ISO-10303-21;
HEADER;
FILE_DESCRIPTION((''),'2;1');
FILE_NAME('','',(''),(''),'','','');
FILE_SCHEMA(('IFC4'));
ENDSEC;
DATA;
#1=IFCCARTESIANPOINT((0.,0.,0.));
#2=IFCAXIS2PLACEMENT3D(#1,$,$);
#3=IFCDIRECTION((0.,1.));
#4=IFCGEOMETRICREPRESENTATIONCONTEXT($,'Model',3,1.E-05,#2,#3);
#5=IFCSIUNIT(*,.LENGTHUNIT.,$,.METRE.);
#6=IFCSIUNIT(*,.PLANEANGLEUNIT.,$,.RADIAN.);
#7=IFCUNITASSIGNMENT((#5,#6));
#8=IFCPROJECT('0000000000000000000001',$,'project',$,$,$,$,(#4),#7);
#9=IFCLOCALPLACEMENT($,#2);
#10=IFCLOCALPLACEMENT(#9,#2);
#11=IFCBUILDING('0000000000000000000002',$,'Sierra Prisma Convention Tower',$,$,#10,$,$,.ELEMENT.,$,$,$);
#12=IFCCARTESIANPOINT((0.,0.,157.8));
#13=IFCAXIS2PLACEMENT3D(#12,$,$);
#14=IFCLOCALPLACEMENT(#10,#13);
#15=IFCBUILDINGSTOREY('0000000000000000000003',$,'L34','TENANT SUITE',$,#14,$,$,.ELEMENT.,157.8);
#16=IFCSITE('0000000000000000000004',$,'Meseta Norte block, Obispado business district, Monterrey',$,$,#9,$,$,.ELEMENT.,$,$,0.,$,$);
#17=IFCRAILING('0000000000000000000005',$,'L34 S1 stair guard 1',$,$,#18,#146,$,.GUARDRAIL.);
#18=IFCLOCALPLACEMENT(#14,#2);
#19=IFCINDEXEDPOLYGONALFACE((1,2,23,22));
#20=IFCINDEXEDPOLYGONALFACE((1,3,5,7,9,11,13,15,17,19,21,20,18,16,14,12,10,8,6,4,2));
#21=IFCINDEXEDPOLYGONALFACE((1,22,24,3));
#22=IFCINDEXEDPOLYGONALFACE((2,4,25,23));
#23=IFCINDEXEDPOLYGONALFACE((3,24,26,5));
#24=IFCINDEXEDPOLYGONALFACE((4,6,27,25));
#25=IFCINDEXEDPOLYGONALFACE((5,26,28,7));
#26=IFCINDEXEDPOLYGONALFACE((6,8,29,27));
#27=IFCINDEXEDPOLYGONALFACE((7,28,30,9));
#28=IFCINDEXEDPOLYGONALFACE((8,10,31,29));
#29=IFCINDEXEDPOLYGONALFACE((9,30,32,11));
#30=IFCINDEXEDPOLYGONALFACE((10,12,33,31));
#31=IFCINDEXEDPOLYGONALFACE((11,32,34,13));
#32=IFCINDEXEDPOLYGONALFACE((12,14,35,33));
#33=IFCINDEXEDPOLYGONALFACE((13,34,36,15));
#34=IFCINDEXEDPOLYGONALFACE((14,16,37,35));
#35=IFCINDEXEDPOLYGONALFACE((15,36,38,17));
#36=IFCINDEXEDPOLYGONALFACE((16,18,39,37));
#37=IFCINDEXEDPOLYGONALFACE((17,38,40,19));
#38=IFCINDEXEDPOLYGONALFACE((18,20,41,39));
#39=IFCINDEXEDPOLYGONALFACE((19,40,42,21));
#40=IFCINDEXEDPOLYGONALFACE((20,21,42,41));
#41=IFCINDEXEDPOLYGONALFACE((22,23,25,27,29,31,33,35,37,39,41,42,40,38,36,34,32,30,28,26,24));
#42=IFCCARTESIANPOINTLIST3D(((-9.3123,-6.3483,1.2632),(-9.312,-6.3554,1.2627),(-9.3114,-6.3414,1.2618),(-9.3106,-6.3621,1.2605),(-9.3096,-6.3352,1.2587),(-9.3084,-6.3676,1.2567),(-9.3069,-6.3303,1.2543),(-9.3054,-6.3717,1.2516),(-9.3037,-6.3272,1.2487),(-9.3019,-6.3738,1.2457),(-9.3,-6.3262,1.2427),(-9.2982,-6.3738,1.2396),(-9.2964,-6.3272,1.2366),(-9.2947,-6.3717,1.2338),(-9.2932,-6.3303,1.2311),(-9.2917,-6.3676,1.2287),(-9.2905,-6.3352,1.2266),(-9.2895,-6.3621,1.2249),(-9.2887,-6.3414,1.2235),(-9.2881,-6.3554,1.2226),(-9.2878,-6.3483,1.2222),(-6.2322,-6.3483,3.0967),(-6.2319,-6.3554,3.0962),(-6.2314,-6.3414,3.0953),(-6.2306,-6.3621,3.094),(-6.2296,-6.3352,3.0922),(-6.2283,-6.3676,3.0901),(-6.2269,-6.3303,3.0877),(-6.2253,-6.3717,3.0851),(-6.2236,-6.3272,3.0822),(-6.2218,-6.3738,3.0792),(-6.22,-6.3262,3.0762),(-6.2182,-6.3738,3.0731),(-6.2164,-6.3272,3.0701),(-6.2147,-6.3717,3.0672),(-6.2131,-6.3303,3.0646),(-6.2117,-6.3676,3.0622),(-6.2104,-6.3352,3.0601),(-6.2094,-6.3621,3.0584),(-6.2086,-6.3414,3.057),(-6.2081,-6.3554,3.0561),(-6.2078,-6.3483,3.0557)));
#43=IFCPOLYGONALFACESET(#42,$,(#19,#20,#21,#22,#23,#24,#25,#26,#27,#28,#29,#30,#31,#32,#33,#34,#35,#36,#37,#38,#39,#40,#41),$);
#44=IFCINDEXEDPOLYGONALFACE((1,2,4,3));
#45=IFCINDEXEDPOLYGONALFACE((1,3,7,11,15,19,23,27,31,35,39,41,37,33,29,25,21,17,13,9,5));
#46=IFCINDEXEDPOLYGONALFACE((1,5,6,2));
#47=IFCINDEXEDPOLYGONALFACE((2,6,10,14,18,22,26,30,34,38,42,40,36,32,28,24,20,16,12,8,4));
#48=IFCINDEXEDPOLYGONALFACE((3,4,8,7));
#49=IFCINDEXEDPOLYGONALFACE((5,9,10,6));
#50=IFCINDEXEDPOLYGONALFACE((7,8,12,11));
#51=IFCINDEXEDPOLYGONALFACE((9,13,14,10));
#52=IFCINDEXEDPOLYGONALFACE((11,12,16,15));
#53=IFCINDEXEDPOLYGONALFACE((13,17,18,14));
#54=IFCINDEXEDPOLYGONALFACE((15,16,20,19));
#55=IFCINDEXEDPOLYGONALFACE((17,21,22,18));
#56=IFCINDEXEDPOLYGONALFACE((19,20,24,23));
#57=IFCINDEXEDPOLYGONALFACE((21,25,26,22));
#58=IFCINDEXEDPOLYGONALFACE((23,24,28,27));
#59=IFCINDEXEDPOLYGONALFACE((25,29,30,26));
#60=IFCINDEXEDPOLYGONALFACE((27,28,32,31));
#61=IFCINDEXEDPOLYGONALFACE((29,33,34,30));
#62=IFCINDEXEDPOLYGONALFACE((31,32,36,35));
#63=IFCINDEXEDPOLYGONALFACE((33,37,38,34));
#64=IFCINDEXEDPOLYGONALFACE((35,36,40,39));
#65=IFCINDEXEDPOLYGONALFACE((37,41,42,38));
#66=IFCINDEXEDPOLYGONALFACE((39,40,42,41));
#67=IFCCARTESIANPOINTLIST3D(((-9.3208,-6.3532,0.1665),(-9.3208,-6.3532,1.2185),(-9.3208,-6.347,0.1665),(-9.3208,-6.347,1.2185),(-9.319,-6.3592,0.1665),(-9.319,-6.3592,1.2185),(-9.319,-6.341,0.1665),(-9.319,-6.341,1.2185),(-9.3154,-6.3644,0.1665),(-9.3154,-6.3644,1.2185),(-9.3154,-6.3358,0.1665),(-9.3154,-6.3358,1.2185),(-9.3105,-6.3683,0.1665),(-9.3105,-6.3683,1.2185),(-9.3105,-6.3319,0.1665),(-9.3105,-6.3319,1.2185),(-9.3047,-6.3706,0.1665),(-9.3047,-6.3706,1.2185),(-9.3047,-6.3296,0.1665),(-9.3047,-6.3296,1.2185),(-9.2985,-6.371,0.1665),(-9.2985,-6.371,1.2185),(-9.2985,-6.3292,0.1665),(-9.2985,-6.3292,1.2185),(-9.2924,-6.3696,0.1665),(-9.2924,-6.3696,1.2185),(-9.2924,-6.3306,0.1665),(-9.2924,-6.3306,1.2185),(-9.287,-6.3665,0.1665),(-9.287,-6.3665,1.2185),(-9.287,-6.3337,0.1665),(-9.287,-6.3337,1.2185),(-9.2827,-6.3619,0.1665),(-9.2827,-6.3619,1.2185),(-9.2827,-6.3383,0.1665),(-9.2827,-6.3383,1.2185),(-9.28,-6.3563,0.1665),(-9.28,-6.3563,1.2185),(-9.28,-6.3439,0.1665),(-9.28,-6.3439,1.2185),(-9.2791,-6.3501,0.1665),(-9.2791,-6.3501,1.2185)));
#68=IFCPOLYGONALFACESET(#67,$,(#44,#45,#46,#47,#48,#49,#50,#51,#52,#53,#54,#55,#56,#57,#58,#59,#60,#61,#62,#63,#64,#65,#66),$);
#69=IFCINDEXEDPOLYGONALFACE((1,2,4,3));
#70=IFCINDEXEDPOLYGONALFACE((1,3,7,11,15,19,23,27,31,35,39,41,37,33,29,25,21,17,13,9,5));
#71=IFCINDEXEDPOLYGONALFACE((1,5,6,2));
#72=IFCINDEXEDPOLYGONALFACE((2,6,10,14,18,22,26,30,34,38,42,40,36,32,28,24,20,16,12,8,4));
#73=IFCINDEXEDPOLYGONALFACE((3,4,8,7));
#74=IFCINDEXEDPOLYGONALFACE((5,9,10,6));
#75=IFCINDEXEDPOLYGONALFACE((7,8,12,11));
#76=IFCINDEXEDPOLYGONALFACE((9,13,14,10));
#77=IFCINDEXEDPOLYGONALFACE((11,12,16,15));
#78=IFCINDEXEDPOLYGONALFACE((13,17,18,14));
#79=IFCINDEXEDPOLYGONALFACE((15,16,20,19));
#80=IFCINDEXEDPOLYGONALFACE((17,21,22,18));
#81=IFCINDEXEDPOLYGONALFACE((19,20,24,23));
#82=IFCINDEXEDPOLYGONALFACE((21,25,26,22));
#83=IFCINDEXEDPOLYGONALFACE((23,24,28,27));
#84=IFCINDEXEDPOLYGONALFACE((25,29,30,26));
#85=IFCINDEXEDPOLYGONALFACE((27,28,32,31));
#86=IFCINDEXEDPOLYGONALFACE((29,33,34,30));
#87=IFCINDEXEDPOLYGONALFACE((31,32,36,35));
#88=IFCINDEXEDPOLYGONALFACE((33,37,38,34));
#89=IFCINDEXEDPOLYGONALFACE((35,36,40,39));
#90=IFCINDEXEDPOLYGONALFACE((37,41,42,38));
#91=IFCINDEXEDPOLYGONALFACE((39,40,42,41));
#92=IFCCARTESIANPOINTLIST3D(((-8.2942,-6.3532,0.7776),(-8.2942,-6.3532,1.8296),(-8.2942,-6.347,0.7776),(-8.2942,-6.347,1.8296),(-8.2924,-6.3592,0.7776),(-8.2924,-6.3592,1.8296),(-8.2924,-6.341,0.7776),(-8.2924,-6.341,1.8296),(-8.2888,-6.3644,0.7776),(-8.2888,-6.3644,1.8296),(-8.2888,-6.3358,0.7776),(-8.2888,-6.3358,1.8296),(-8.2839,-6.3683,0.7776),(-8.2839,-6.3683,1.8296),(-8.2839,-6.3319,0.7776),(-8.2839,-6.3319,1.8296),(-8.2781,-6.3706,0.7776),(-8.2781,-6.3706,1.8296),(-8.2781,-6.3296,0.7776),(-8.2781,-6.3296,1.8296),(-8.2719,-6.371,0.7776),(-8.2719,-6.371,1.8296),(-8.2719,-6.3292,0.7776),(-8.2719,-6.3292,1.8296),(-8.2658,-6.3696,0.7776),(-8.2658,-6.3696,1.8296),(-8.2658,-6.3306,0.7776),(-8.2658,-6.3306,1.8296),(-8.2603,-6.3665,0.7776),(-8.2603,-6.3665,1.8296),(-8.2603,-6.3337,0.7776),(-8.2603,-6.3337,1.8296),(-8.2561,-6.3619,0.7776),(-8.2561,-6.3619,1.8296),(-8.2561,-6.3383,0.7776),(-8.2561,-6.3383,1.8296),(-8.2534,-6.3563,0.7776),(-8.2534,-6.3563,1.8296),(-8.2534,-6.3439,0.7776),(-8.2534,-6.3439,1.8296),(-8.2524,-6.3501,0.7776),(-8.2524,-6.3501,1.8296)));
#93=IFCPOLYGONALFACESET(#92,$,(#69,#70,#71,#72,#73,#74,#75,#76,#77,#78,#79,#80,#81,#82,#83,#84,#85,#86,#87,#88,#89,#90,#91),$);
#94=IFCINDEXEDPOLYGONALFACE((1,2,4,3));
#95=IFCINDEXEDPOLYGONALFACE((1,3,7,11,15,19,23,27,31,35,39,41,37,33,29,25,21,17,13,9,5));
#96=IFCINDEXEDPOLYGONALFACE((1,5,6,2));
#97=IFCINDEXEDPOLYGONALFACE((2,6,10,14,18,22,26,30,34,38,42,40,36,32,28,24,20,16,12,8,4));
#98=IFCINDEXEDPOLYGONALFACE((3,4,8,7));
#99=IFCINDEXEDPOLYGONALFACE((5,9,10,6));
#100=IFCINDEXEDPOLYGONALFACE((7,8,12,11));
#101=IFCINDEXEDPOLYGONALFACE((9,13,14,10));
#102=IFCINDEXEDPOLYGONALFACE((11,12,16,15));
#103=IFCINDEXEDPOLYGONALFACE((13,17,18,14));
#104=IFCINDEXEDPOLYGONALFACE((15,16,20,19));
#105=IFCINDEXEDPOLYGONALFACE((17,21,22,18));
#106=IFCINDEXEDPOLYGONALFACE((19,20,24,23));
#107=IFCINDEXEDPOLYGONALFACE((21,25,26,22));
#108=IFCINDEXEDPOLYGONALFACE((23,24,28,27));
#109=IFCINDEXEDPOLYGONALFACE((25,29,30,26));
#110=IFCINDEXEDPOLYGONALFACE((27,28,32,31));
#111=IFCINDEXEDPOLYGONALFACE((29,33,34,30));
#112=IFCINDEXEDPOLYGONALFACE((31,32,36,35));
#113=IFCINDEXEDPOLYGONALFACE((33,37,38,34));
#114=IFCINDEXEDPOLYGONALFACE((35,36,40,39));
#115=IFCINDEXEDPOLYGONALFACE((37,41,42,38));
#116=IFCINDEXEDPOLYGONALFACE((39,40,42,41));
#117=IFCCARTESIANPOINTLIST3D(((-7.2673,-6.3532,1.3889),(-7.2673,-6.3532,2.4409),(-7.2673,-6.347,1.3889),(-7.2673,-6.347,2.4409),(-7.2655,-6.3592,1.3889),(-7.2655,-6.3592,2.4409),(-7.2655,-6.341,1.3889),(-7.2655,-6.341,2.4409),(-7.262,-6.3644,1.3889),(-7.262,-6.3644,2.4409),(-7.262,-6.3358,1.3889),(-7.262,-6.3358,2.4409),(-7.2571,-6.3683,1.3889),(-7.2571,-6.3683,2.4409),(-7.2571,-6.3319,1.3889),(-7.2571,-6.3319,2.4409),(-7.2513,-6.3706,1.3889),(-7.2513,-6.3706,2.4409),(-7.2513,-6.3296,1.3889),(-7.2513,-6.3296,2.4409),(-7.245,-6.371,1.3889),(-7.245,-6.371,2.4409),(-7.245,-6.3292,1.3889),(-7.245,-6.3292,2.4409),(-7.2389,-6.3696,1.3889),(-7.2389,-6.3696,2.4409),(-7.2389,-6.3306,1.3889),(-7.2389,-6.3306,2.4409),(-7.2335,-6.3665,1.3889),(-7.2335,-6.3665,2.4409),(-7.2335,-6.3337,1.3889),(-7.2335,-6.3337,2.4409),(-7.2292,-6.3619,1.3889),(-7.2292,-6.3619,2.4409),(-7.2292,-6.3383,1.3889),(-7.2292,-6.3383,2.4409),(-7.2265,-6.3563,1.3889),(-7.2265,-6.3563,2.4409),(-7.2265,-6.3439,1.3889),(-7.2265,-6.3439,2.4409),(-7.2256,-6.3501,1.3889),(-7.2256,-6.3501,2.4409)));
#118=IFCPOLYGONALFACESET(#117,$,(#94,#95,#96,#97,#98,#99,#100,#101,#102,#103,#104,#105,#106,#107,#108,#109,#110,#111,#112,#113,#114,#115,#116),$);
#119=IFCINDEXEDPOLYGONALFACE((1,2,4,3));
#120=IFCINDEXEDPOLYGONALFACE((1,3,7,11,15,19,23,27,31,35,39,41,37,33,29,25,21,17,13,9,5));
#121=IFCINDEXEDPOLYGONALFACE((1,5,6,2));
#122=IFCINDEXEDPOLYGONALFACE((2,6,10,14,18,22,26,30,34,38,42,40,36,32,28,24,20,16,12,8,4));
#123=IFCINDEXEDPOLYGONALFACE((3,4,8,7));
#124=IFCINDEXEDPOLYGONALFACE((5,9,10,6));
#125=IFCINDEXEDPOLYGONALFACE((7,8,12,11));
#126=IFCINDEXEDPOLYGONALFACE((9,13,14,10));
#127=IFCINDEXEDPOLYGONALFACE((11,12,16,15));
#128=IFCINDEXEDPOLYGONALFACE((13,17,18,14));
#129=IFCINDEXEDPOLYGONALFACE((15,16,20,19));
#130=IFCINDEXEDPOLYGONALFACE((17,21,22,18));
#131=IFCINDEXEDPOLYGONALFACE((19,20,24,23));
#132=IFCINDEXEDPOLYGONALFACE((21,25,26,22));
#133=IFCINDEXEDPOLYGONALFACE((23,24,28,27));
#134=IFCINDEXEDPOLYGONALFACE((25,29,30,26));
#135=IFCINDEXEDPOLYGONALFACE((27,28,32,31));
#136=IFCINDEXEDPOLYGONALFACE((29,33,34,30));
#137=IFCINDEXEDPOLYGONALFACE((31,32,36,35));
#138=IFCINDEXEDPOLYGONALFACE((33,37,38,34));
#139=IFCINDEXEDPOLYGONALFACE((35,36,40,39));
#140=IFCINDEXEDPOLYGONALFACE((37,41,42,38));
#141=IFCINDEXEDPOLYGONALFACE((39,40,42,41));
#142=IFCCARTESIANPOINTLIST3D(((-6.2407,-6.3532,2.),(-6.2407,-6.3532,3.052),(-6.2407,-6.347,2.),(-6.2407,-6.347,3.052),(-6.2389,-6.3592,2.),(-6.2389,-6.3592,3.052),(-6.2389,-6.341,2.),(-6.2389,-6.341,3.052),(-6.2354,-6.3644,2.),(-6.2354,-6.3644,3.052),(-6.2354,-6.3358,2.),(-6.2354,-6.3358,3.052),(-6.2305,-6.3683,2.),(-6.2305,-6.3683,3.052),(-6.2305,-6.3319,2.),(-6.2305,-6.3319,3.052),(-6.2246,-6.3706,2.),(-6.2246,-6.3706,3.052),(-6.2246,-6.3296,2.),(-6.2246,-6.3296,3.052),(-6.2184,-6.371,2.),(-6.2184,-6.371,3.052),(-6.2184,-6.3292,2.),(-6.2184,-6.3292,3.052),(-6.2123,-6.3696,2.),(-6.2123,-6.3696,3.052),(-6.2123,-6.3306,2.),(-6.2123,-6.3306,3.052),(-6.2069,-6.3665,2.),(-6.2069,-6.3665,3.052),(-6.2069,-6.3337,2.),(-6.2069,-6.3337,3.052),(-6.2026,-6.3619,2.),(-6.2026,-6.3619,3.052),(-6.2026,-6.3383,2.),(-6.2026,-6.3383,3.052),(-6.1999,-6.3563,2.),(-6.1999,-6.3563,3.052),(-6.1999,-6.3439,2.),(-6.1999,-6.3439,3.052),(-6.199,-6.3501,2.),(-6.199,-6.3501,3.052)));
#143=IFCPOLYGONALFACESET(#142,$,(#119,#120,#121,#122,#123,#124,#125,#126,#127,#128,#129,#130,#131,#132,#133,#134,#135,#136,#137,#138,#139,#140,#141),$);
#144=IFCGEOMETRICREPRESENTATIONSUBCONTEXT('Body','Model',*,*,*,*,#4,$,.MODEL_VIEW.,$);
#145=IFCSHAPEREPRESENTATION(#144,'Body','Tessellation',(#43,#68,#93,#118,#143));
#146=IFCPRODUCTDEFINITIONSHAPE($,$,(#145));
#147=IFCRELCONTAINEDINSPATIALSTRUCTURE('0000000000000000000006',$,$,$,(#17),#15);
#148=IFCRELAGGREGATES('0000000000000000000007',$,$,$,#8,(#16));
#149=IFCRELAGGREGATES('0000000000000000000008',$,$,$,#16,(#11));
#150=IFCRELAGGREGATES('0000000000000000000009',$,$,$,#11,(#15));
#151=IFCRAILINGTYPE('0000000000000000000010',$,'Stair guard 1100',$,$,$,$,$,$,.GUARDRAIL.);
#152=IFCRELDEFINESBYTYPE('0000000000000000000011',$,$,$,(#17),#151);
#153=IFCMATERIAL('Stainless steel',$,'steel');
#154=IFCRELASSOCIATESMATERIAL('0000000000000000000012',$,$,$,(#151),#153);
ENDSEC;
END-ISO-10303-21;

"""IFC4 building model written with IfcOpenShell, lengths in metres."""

from ifc_helpers import new_model, si_unit, direction, frame, origin, origin_2d, place, context, subcontext, project, spatial, circle, extrude, material, type_object, element, save


model = new_model("IFC4")

# Units and contexts
model_context = context("Model", 3, precision=1e-05, world=origin(), true_north=direction((0.0, 1.0)))
body_context = subcontext(model_context, "Body", "Model", "MODEL_VIEW")
ifc_project = project(units=[si_unit("LENGTHUNIT", "METRE"), si_unit("PLANEANGLEUNIT", "RADIAN")], contexts=[model_context])

# Site, building, storey
site_placement = place(None, origin())
site = spatial("IfcSite", under=ifc_project, at=site_placement, Name="Meseta Norte block, Obispado business district, Monterrey", CompositionType="ELEMENT", RefElevation=0.0)
building_placement = place(site_placement, origin())
building = spatial("IfcBuilding", under=site, at=building_placement, Name="Sierra Prisma Convention Tower", CompositionType="ELEMENT")
storey_placement = place(building_placement, frame((0.0, 0.0, 157.8)))
storey = spatial("IfcBuildingStorey", under=building, at=storey_placement, Name="L34", Description="TENANT SUITE", CompositionType="ELEMENT", Elevation=157.8)

# Railing
ifc_material_1 = material(Name="Stainless steel", Category="steel")
railing_type_1 = type_object("IfcRailingType", Name="Stair guard 1100", PredefinedType="GUARDRAIL", material=ifc_material_1)
railing_1_placement = place(storey_placement, frame((-9.3, -6.3501, 0.1665)))
element("IfcRailing", 1, at=railing_1_placement, inside=storey, type_object=railing_type_1, Name="L34 S1 stair guard 1", PredefinedType="GUARDRAIL", context=body_context, shape_type="SweptSolid", body=[
    extrude(circle(Radius=0.0239, at=origin_2d()), frame((0.0, 0.0, 1.0762), z_axis=(0.859279, 0.0, 0.511508), x_axis=(0.0, 1.0, 0.0)), (0.0, 0.0, 1.0), 3.5845),
    extrude(circle(Radius=0.021, at=origin_2d()), origin(), (0.0, 0.0, 1.0), 1.052),
    extrude(circle(Radius=0.021, at=origin_2d()), frame((1.0266, 0.0, 0.6111)), (0.0, 0.0, 1.0), 1.052),
    extrude(circle(Radius=0.021, at=origin_2d()), frame((2.0535, 0.0, 1.2224)), (0.0, 0.0, 1.0), 1.052),
    extrude(circle(Radius=0.021, at=origin_2d()), frame((3.0801, 0.0, 1.8335)), (0.0, 0.0, 1.0), 1.052),
])

save(model, "model.ifc")
